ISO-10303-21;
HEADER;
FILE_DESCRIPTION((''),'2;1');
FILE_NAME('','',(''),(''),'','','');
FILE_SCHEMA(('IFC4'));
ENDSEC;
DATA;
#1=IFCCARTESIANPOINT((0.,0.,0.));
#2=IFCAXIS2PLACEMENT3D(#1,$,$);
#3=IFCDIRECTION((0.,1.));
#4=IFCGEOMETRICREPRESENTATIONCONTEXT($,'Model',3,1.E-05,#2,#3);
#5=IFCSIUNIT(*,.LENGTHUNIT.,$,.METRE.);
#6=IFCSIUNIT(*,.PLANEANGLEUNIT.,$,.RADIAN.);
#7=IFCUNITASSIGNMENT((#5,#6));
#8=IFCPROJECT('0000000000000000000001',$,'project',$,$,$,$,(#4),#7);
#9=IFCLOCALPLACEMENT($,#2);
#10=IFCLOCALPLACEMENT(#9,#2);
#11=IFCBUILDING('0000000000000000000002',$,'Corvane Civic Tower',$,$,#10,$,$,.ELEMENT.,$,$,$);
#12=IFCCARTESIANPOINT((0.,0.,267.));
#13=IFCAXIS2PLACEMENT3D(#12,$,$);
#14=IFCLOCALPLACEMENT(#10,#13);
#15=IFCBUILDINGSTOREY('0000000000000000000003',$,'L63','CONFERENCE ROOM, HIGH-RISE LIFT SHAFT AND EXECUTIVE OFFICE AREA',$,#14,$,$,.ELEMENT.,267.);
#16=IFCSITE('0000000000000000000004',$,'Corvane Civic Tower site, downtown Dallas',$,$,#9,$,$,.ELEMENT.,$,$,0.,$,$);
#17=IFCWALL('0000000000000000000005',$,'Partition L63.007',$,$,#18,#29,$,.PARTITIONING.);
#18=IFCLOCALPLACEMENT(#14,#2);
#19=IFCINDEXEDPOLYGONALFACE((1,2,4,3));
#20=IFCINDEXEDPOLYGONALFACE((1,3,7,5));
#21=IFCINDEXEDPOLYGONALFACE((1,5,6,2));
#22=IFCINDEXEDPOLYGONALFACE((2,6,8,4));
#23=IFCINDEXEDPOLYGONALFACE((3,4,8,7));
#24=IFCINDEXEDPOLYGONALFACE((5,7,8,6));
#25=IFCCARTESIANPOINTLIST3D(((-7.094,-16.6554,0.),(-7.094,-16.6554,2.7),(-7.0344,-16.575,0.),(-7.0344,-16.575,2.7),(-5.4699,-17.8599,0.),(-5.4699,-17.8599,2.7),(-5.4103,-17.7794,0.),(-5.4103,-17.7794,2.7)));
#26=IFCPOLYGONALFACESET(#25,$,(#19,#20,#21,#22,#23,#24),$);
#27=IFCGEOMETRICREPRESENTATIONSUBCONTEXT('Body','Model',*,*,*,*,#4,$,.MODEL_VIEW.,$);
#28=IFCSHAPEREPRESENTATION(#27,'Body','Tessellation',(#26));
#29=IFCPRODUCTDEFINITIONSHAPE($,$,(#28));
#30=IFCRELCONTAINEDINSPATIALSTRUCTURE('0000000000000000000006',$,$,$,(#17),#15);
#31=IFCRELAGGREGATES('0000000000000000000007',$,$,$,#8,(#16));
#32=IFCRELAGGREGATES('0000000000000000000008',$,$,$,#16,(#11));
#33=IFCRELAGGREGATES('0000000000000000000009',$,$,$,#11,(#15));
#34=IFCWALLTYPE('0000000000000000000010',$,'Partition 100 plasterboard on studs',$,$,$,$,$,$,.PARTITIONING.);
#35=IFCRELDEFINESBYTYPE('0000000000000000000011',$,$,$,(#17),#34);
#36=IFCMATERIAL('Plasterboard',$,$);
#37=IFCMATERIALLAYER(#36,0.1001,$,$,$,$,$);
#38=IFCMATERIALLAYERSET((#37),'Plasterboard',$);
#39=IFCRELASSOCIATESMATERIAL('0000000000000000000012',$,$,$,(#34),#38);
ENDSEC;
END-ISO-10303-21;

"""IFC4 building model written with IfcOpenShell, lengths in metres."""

from ifc_helpers import new_model, si_unit, direction, frame, frame_2d, origin, place, context, subcontext, project, spatial, rectangle, extrude, material, layer, layer_set, type_object, element, save


model = new_model("IFC4")

# Units and contexts
model_context = context("Model", 3, precision=1e-05, world=origin(), true_north=direction((0.0, 1.0)))
body_context = subcontext(model_context, "Body", "Model", "MODEL_VIEW")
ifc_project = project(units=[si_unit("LENGTHUNIT", "METRE"), si_unit("PLANEANGLEUNIT", "RADIAN")], contexts=[model_context])

# Site, building, storey
site_placement = place(None, origin())
site = spatial("IfcSite", under=ifc_project, at=site_placement, Name="Corvane Civic Tower site, downtown Dallas", CompositionType="ELEMENT", RefElevation=0.0)
building_placement = place(site_placement, origin())
building = spatial("IfcBuilding", under=site, at=building_placement, Name="Corvane Civic Tower", CompositionType="ELEMENT")
storey_placement = place(building_placement, frame((0.0, 0.0, 267.0)))
storey = spatial("IfcBuildingStorey", under=building, at=storey_placement, Name="L63", Description="CONFERENCE ROOM, HIGH-RISE LIFT SHAFT AND EXECUTIVE OFFICE AREA", CompositionType="ELEMENT", Elevation=267.0)

# Shared definitions
ifc_material_1 = material(Name="Plasterboard")
ifc_layer_1 = layer(ifc_material_1, 0.1001)
ifc_layer_set_1 = layer_set([ifc_layer_1], Name="Plasterboard")
wall_type = type_object("IfcWallType", Name="Partition 100 plasterboard on studs", PredefinedType="PARTITIONING", material=ifc_layer_set_1)

# Wall
wall_1_placement = place(storey_placement, frame((-7.0642, -16.6152, 0.0), z_axis=(0.0, 0.0, 1.0), x_axis=(0.803234, -0.595664, 0.0)))
element("IfcWall", 1, at=wall_1_placement, inside=storey, type_object=wall_type, Name="Partition L63.007", PredefinedType="PARTITIONING", context=body_context, shape_type="SweptSolid", body=[
    extrude(rectangle(XDim=2.022, YDim=0.1001, at=frame_2d((1.011, 0.0))), origin(), (0.0, 0.0, 1.0), 2.7),
])

save(model, "model.ifc")
